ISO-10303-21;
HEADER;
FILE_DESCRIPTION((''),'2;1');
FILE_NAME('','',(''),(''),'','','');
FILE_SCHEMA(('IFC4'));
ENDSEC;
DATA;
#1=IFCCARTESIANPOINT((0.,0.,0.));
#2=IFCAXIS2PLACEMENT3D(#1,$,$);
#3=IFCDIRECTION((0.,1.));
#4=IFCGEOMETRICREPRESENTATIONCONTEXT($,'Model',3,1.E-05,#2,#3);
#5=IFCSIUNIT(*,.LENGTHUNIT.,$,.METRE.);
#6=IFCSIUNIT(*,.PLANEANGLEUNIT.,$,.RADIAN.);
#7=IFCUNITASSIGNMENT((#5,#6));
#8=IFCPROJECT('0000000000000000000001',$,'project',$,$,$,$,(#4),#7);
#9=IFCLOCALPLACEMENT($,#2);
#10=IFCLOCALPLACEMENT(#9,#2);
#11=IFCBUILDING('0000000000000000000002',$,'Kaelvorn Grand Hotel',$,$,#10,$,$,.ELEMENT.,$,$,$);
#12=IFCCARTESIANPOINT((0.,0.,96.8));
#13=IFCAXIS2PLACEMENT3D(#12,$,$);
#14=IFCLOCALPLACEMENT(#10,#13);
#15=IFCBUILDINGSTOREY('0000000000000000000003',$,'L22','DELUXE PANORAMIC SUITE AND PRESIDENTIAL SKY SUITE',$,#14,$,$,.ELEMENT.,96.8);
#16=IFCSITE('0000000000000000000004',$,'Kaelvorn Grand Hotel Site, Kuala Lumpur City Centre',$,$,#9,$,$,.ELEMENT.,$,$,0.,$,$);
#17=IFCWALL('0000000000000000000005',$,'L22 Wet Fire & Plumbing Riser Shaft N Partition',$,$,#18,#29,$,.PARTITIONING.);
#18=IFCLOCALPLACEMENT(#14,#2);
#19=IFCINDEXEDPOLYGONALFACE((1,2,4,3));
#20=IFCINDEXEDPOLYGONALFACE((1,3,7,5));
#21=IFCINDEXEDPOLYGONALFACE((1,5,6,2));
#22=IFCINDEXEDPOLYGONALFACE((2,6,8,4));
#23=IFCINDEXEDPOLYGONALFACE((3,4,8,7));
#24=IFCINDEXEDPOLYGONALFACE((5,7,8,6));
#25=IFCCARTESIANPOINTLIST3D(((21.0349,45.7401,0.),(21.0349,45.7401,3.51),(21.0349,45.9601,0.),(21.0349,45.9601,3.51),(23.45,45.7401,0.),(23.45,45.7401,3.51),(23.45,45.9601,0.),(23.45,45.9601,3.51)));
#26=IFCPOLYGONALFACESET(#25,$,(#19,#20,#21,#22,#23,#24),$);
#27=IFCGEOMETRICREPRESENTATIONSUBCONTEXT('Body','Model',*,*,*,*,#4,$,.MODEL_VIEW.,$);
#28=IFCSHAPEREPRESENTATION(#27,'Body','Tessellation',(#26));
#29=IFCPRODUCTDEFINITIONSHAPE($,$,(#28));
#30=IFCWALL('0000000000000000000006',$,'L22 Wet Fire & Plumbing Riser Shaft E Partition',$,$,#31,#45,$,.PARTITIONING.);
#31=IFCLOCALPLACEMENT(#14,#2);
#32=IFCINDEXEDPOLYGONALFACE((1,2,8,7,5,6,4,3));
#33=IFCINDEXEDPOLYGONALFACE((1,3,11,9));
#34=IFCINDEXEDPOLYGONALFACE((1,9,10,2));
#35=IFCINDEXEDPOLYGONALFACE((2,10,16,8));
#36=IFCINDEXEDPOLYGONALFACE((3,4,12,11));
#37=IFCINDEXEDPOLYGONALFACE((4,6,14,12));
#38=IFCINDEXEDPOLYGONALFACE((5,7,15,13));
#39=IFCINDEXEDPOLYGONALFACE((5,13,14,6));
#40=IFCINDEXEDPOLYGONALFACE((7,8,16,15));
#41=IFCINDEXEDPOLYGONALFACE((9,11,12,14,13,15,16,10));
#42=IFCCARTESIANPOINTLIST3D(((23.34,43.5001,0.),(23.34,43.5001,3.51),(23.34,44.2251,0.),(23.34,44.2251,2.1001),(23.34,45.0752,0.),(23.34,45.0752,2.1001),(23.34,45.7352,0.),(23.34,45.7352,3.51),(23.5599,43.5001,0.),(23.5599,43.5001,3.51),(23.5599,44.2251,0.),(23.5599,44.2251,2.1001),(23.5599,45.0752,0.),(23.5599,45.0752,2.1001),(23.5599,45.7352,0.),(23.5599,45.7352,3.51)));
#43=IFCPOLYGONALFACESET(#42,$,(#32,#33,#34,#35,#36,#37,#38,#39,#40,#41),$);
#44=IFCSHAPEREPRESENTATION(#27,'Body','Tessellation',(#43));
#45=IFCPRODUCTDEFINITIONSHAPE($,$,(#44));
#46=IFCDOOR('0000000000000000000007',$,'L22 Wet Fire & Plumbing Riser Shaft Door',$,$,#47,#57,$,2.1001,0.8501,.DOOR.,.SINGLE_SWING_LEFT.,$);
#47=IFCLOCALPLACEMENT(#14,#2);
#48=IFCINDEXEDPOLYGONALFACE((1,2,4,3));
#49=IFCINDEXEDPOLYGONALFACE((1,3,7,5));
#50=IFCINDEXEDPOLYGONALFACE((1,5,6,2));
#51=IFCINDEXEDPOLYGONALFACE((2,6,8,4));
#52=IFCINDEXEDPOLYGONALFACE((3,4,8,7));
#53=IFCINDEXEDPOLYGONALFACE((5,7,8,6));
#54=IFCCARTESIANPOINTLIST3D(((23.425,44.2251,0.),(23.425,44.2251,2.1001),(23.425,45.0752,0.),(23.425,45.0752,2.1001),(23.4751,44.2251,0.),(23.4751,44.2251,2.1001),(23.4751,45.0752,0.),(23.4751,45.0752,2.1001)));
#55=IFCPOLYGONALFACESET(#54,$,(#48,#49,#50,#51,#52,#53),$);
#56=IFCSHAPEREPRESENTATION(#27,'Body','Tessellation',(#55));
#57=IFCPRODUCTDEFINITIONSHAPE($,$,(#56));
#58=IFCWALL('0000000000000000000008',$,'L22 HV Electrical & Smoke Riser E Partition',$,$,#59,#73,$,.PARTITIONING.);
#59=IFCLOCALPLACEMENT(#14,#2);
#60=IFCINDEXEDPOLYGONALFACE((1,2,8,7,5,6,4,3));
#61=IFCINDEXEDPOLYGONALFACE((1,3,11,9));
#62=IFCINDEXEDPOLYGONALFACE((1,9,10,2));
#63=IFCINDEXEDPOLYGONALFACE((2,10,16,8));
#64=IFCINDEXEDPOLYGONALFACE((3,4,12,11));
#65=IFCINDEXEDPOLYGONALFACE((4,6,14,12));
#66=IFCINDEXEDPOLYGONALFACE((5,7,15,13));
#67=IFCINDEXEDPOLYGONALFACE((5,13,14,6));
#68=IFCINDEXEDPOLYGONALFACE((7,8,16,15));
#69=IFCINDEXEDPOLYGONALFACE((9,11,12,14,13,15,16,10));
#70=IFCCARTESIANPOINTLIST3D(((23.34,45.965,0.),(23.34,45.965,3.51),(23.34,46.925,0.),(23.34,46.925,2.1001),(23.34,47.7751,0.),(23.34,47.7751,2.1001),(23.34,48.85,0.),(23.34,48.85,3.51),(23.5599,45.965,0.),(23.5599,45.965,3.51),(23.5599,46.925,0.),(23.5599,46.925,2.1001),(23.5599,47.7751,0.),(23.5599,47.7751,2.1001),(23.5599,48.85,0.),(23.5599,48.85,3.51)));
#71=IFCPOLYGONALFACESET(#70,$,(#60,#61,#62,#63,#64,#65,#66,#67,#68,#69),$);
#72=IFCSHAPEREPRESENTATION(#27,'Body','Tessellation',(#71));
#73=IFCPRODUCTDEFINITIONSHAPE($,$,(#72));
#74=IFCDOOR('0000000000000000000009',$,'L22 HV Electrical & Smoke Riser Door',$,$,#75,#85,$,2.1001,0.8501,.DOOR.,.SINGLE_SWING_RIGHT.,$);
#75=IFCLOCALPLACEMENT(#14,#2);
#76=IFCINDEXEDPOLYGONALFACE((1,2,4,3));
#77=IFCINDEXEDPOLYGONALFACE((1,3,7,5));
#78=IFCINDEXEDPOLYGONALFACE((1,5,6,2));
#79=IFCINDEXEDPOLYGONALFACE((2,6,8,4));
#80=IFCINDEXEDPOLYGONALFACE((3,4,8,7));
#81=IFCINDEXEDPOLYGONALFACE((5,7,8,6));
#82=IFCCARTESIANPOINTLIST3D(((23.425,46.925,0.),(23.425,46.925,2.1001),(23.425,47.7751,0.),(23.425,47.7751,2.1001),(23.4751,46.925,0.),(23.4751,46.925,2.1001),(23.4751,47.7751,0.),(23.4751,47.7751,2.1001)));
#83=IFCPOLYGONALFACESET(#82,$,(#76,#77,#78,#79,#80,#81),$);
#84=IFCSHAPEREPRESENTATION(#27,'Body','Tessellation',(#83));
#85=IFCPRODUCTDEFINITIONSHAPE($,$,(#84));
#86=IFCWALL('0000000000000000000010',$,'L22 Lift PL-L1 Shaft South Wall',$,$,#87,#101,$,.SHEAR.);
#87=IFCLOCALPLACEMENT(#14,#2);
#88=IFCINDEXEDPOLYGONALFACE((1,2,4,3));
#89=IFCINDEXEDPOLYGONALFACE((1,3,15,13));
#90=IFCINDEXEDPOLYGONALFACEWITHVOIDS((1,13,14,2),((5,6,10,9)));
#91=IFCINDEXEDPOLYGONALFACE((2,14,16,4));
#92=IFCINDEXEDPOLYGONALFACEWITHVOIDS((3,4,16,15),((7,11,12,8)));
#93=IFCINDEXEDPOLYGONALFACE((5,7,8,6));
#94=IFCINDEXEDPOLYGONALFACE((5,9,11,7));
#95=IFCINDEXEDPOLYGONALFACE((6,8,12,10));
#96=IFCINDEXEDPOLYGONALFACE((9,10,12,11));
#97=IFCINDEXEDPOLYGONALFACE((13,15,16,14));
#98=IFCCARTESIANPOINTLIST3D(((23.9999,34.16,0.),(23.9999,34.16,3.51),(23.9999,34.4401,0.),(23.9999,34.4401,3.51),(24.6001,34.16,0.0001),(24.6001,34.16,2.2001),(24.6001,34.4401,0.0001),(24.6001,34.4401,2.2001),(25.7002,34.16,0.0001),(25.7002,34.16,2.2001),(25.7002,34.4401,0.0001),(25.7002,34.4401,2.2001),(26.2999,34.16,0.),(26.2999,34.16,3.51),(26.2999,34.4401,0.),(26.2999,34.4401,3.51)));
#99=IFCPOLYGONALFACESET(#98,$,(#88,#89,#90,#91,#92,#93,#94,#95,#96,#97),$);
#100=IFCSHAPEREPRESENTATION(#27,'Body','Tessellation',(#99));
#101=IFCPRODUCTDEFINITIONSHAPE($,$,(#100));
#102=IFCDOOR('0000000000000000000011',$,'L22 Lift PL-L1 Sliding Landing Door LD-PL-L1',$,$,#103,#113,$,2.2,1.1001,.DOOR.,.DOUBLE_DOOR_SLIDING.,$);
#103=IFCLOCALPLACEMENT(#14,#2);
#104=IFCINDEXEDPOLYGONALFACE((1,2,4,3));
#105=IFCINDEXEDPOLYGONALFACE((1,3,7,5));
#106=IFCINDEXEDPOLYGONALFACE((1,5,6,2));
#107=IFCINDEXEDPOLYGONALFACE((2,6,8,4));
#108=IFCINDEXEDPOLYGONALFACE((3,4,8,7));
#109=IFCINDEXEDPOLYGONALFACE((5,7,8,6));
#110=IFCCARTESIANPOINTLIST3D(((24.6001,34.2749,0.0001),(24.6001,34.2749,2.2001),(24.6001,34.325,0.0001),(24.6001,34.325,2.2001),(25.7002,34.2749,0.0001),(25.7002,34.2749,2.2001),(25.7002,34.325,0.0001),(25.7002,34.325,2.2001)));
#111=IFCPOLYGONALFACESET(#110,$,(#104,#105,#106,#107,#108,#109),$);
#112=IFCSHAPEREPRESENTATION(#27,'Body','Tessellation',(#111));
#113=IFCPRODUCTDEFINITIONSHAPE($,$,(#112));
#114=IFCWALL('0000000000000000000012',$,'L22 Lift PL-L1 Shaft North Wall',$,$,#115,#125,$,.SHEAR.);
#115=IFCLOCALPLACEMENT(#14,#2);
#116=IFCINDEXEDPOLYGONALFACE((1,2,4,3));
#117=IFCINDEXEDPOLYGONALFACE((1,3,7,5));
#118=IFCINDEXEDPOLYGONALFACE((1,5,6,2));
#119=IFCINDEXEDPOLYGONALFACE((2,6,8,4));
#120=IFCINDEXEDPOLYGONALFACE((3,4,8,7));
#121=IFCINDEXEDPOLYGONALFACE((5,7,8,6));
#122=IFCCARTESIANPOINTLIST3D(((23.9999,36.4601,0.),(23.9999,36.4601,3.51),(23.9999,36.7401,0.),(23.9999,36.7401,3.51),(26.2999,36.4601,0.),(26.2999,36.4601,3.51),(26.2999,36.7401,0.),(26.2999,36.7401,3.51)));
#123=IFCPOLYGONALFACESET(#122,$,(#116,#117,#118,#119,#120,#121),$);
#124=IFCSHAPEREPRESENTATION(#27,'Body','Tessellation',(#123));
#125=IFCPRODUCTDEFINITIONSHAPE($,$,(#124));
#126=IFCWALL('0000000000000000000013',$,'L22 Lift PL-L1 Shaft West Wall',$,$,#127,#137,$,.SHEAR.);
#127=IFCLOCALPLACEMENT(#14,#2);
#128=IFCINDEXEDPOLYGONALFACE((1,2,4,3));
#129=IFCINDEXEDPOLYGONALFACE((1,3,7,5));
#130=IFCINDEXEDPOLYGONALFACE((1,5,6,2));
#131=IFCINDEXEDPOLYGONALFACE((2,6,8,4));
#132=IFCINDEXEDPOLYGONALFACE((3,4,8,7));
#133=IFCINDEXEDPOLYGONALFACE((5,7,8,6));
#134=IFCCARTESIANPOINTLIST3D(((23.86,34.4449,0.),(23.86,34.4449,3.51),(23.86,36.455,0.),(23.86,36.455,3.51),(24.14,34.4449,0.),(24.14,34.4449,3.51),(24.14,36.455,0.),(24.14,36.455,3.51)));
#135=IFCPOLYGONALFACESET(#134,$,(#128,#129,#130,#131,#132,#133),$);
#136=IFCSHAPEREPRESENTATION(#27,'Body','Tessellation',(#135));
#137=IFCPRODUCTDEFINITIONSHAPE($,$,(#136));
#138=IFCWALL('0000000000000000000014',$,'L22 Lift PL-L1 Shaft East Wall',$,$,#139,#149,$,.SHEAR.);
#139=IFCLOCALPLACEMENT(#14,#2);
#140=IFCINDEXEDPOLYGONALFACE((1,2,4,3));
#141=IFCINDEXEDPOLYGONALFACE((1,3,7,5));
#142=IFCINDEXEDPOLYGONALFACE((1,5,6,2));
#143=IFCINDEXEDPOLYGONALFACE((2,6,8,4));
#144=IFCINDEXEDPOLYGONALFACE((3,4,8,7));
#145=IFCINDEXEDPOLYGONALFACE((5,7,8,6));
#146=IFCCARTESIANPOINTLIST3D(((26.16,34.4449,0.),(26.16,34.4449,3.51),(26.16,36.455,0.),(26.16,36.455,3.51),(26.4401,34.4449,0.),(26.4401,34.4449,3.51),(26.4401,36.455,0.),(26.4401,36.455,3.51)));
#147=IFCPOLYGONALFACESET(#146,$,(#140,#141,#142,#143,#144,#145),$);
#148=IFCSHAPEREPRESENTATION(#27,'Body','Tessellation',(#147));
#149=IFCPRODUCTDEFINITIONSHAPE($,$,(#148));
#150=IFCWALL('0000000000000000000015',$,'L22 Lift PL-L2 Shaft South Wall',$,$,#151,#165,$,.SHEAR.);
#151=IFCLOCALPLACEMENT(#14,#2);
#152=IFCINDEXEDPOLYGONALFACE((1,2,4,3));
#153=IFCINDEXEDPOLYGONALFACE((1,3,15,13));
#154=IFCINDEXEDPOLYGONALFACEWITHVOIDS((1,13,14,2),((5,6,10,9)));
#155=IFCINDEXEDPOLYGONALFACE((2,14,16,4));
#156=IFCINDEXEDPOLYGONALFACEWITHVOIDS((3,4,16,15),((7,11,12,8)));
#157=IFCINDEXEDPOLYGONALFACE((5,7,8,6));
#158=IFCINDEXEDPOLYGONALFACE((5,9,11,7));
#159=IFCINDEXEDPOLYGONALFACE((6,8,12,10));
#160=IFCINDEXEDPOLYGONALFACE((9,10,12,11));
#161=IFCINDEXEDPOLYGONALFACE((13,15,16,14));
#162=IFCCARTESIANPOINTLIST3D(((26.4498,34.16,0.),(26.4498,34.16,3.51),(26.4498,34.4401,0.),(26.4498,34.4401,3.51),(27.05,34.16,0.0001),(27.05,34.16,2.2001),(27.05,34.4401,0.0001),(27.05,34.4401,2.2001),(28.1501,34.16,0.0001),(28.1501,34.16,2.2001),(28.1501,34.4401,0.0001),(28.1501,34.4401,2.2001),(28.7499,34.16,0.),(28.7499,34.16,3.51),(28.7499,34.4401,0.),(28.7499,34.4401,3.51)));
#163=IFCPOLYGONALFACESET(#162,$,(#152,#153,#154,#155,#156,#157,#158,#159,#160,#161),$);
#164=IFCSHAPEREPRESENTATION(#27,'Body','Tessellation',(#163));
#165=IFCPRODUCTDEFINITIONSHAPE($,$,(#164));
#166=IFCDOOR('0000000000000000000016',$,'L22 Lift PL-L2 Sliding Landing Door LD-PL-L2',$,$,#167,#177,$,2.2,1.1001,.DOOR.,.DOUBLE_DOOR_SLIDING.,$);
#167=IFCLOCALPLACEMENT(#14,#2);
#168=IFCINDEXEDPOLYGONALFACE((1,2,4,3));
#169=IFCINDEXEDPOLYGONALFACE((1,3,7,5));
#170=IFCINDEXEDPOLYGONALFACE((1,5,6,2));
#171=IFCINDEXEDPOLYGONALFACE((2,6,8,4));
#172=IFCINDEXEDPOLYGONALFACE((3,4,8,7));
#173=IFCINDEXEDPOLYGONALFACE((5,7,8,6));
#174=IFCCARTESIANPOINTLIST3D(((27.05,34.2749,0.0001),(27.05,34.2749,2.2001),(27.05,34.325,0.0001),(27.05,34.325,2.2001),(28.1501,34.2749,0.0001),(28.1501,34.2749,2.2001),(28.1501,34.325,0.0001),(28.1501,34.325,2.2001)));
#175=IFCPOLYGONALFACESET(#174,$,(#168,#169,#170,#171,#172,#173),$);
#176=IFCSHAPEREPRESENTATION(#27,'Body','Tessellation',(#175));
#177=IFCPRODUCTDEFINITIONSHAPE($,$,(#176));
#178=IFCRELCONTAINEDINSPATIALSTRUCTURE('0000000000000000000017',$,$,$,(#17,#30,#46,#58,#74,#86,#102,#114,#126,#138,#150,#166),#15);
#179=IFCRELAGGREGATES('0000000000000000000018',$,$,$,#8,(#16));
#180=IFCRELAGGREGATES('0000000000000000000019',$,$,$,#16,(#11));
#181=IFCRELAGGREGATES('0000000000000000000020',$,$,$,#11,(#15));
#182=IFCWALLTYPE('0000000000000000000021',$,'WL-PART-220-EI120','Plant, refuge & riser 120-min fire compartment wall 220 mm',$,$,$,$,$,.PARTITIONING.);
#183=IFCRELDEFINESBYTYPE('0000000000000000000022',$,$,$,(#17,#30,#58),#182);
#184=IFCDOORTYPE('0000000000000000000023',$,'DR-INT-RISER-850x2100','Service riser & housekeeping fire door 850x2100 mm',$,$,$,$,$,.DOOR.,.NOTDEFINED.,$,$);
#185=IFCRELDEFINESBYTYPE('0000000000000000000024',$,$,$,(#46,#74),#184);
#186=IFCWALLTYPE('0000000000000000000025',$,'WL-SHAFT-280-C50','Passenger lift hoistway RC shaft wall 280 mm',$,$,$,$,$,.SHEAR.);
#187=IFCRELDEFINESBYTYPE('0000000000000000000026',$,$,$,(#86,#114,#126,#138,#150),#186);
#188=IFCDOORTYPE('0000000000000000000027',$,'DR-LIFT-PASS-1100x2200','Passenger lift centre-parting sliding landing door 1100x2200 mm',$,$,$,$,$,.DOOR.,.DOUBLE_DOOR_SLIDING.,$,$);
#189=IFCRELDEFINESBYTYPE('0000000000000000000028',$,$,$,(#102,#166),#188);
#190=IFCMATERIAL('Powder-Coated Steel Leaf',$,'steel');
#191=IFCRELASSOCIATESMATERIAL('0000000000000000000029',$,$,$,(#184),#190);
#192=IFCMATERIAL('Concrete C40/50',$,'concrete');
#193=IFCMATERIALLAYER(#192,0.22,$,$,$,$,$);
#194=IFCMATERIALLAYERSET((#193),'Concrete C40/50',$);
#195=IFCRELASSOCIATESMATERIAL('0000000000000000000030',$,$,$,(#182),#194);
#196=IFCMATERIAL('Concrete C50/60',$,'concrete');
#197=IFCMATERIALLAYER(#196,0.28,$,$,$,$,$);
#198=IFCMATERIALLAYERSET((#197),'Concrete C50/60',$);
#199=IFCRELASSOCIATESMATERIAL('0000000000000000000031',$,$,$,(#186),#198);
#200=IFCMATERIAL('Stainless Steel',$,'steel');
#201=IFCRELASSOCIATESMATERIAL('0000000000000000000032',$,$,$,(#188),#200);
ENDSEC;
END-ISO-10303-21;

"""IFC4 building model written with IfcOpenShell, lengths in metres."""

from ifc_helpers import new_model, si_unit, direction, frame, frame_2d, origin, place, context, subcontext, project, spatial, rectangle, extrude, material, layer, layer_set, type_object, element, fill, save


model = new_model("IFC4")

# Units and contexts
model_context = context("Model", 3, precision=1e-05, world=origin(), true_north=direction((0.0, 1.0)))
body_context = subcontext(model_context, "Body", "Model", "MODEL_VIEW")
ifc_project = project(units=[si_unit("LENGTHUNIT", "METRE"), si_unit("PLANEANGLEUNIT", "RADIAN")], contexts=[model_context])

# Site, building, storey
site_placement = place(None, origin())
site = spatial("IfcSite", under=ifc_project, at=site_placement, Name="Kaelvorn Grand Hotel Site, Kuala Lumpur City Centre", CompositionType="ELEMENT", RefElevation=0.0)
building_placement = place(site_placement, origin())
building = spatial("IfcBuilding", under=site, at=building_placement, Name="Kaelvorn Grand Hotel", CompositionType="ELEMENT")
storey_placement = place(building_placement, frame((0.0, 0.0, 96.8)))
storey = spatial("IfcBuildingStorey", under=building, at=storey_placement, Name="L22", Description="DELUXE PANORAMIC SUITE AND PRESIDENTIAL SKY SUITE", CompositionType="ELEMENT", Elevation=96.8)

# Shared definitions
ifc_material_1 = material(Name="Powder-Coated Steel Leaf", Category="steel")
door_type_1 = type_object("IfcDoorType", Name="DR-INT-RISER-850x2100", Description="Service riser & housekeeping fire door 850x2100 mm", OperationType="NOTDEFINED", PredefinedType="DOOR", material=ifc_material_1)

# Wall
ifc_material_2 = material(Name="Concrete C40/50", Category="concrete")
ifc_layer_1 = layer(ifc_material_2, 0.22)
ifc_layer_set_1 = layer_set([ifc_layer_1], Name="Concrete C40/50")
wall_type_1 = type_object("IfcWallType", Name="WL-PART-220-EI120", Description="Plant, refuge & riser 120-min fire compartment wall 220 mm", PredefinedType="PARTITIONING", material=ifc_layer_set_1)
wall_1_placement = place(storey_placement, frame((21.0349, 45.8501, 0.0), z_axis=(0.0, 0.0, 1.0), x_axis=(1.0, 0.0, 0.0)))
element("IfcWall", 1, at=wall_1_placement, inside=storey, type_object=wall_type_1, Name="L22 Wet Fire & Plumbing Riser Shaft N Partition", PredefinedType="PARTITIONING", context=body_context, shape_type="SweptSolid", body=[
    extrude(rectangle(XDim=2.415, YDim=0.22, at=frame_2d((1.2075, 0.0))), origin(), (0.0, 0.0, 1.0), 3.51),
])

# Walls, openings, doors
wall_2_placement = place(storey_placement, frame((23.45, 43.5, 0.0), z_axis=(0.0, 0.0, 1.0), x_axis=(0.0, 1.0, 0.0)))
wall_2 = element("IfcWall", 2, at=wall_2_placement, inside=storey, type_object=wall_type_1, Name="L22 Wet Fire & Plumbing Riser Shaft E Partition", PredefinedType="PARTITIONING", context=body_context, shape_type="SweptSolid", body=[
    extrude(rectangle(XDim=2.2351, YDim=0.22, at=frame_2d((1.1177, 0.0))), origin(), (0.0, 0.0, 1.0), 3.51),
])
opening_1_placement = place(wall_2_placement, frame((0.7251, 0.0, 0.0)))
opening_1 = element("IfcOpeningElement", 3, at=opening_1_placement, cuts=wall_2, PredefinedType="OPENING", context=body_context, shape_type="SweptSolid", body=[
    extrude(rectangle(XDim=0.8501, YDim=2.1001, at=frame_2d((0.425, 1.05))), frame((0.0, 0.1201, 0.0), z_axis=(0.0, -1.0, 0.0), x_axis=(1.0, 0.0, 0.0)), (0.0, 0.0, 1.0), 0.24),
])
door_1_placement = place(opening_1_placement, origin())
door_1 = element("IfcDoor", 4, at=door_1_placement, inside=storey, type_object=door_type_1, Name="L22 Wet Fire & Plumbing Riser Shaft Door", OperationType="SINGLE_SWING_LEFT", OverallHeight=2.1001, OverallWidth=0.8501, PredefinedType="DOOR", context=body_context, shape_type="SweptSolid", body=[
    extrude(rectangle(XDim=0.8501, YDim=2.1001, at=frame_2d((0.425, 1.05))), frame((0.0, 0.0249, 0.0), z_axis=(0.0, -1.0, 0.0), x_axis=(1.0, 0.0, 0.0)), (0.0, 0.0, 1.0), 0.05),
])
fill(opening_1, door_1)
wall_3_placement = place(storey_placement, frame((23.45, 45.9651, 0.0), z_axis=(0.0, 0.0, 1.0), x_axis=(0.0, 1.0, 0.0)))
wall_3 = element("IfcWall", 5, at=wall_3_placement, inside=storey, type_object=wall_type_1, Name="L22 HV Electrical & Smoke Riser E Partition", PredefinedType="PARTITIONING", context=body_context, shape_type="SweptSolid", body=[
    extrude(rectangle(XDim=2.885, YDim=0.22, at=frame_2d((1.4424, 0.0))), origin(), (0.0, 0.0, 1.0), 3.51),
])
opening_2_placement = place(wall_3_placement, frame((0.96, 0.0, 0.0)))
opening_2 = element("IfcOpeningElement", 6, at=opening_2_placement, cuts=wall_3, PredefinedType="OPENING", context=body_context, shape_type="SweptSolid", body=[
    extrude(rectangle(XDim=0.8501, YDim=2.1001, at=frame_2d((0.425, 1.05))), frame((0.0, 0.1201, 0.0), z_axis=(0.0, -1.0, 0.0), x_axis=(1.0, 0.0, 0.0)), (0.0, 0.0, 1.0), 0.24),
])
door_2_placement = place(opening_2_placement, origin())
door_2 = element("IfcDoor", 7, at=door_2_placement, inside=storey, type_object=door_type_1, Name="L22 HV Electrical & Smoke Riser Door", OperationType="SINGLE_SWING_RIGHT", OverallHeight=2.1001, OverallWidth=0.8501, PredefinedType="DOOR", context=body_context, shape_type="SweptSolid", body=[
    extrude(rectangle(XDim=0.8501, YDim=2.1001, at=frame_2d((0.425, 1.05))), frame((0.0, 0.0249, 0.0), z_axis=(0.0, -1.0, 0.0), x_axis=(1.0, 0.0, 0.0)), (0.0, 0.0, 1.0), 0.05),
])
fill(opening_2, door_2)
ifc_material_3 = material(Name="Concrete C50/60", Category="concrete")
ifc_layer_2 = layer(ifc_material_3, 0.28)
ifc_layer_set_2 = layer_set([ifc_layer_2], Name="Concrete C50/60")
wall_type_2 = type_object("IfcWallType", Name="WL-SHAFT-280-C50", Description="Passenger lift hoistway RC shaft wall 280 mm", PredefinedType="SHEAR", material=ifc_layer_set_2)
wall_4_placement = place(storey_placement, frame((24.0, 34.3, 0.0), z_axis=(0.0, 0.0, 1.0), x_axis=(1.0, 0.0, 0.0)))
wall_4 = element("IfcWall", 8, at=wall_4_placement, inside=storey, type_object=wall_type_2, Name="L22 Lift PL-L1 Shaft South Wall", PredefinedType="SHEAR", context=body_context, shape_type="SweptSolid", body=[
    extrude(rectangle(XDim=2.3, YDim=0.28, at=frame_2d((1.1499, 0.0))), origin(), (0.0, 0.0, 1.0), 3.51),
])
opening_3_placement = place(wall_4_placement, frame((0.6001, 0.0, 0.0)))
opening_3 = element("IfcOpeningElement", 9, at=opening_3_placement, cuts=wall_4, PredefinedType="OPENING", context=body_context, shape_type="SweptSolid", body=[
    extrude(rectangle(XDim=1.1001, YDim=2.2, at=frame_2d((0.55, 1.1001))), frame((0.0, 0.1499, 0.0), z_axis=(0.0, -1.0, 0.0), x_axis=(1.0, 0.0, 0.0)), (0.0, 0.0, 1.0), 0.3),
])
ifc_material_4 = material(Name="Stainless Steel", Category="steel")
door_type_2 = type_object("IfcDoorType", Name="DR-LIFT-PASS-1100x2200", Description="Passenger lift centre-parting sliding landing door 1100x2200 mm", OperationType="DOUBLE_DOOR_SLIDING", PredefinedType="DOOR", material=ifc_material_4)
door_3_placement = place(opening_3_placement, origin())
door_3 = element("IfcDoor", 10, at=door_3_placement, inside=storey, type_object=door_type_2, Name="L22 Lift PL-L1 Sliding Landing Door LD-PL-L1", OperationType="DOUBLE_DOOR_SLIDING", OverallHeight=2.2, OverallWidth=1.1001, PredefinedType="DOOR", context=body_context, shape_type="SweptSolid", body=[
    extrude(rectangle(XDim=1.1001, YDim=2.2, at=frame_2d((0.55, 1.1001))), frame((0.0, 0.0249, 0.0), z_axis=(0.0, -1.0, 0.0), x_axis=(1.0, 0.0, 0.0)), (0.0, 0.0, 1.0), 0.05),
])
fill(opening_3, door_3)

# Walls
wall_5_placement = place(storey_placement, frame((24.0, 36.6001, 0.0), z_axis=(0.0, 0.0, 1.0), x_axis=(1.0, 0.0, 0.0)))
element("IfcWall", 11, at=wall_5_placement, inside=storey, type_object=wall_type_2, Name="L22 Lift PL-L1 Shaft North Wall", PredefinedType="SHEAR", context=body_context, shape_type="SweptSolid", body=[
    extrude(rectangle(XDim=2.3, YDim=0.28, at=frame_2d((1.1499, 0.0))), origin(), (0.0, 0.0, 1.0), 3.51),
])
for number, where, z_axis, x_axis, name in (
    (12, (24.0, 34.4451, 0.0), (0.0, 0.0, 1.0), (0.0, 1.0, 0.0), "L22 Lift PL-L1 Shaft West Wall"),
    (13, (26.3, 34.4451, 0.0), (0.0, 0.0, 1.0), (0.0, 1.0, 0.0), "L22 Lift PL-L1 Shaft East Wall"),
):
    element("IfcWall", number, at=place(storey_placement, frame(where, z_axis=z_axis, x_axis=x_axis)), inside=storey, type_object=wall_type_2, Name=name, PredefinedType="SHEAR", context=body_context, shape_type="SweptSolid", body=[
        extrude(rectangle(XDim=2.01, YDim=0.28, at=frame_2d((1.0049, 0.0))), origin(), (0.0, 0.0, 1.0), 3.51),
    ])

# Wall, opening, door
wall_6_placement = place(storey_placement, frame((26.45, 34.3, 0.0), z_axis=(0.0, 0.0, 1.0), x_axis=(1.0, 0.0, 0.0)))
wall_6 = element("IfcWall", 14, at=wall_6_placement, inside=storey, type_object=wall_type_2, Name="L22 Lift PL-L2 Shaft South Wall", PredefinedType="SHEAR", context=body_context, shape_type="SweptSolid", body=[
    extrude(rectangle(XDim=2.3, YDim=0.28, at=frame_2d((1.1499, 0.0))), origin(), (0.0, 0.0, 1.0), 3.51),
])
opening_4_placement = place(wall_6_placement, frame((0.6001, 0.0, 0.0)))
opening_4 = element("IfcOpeningElement", 15, at=opening_4_placement, cuts=wall_6, PredefinedType="OPENING", context=body_context, shape_type="SweptSolid", body=[
    extrude(rectangle(XDim=1.1001, YDim=2.2, at=frame_2d((0.55, 1.1001))), frame((0.0, 0.1499, 0.0), z_axis=(0.0, -1.0, 0.0), x_axis=(1.0, 0.0, 0.0)), (0.0, 0.0, 1.0), 0.3),
])
door_4_placement = place(opening_4_placement, origin())
door_4 = element("IfcDoor", 16, at=door_4_placement, inside=storey, type_object=door_type_2, Name="L22 Lift PL-L2 Sliding Landing Door LD-PL-L2", OperationType="DOUBLE_DOOR_SLIDING", OverallHeight=2.2, OverallWidth=1.1001, PredefinedType="DOOR", context=body_context, shape_type="SweptSolid", body=[
    extrude(rectangle(XDim=1.1001, YDim=2.2, at=frame_2d((0.55, 1.1001))), frame((0.0, 0.0249, 0.0), z_axis=(0.0, -1.0, 0.0), x_axis=(1.0, 0.0, 0.0)), (0.0, 0.0, 1.0), 0.05),
])
fill(opening_4, door_4)

save(model, "model.ifc")
